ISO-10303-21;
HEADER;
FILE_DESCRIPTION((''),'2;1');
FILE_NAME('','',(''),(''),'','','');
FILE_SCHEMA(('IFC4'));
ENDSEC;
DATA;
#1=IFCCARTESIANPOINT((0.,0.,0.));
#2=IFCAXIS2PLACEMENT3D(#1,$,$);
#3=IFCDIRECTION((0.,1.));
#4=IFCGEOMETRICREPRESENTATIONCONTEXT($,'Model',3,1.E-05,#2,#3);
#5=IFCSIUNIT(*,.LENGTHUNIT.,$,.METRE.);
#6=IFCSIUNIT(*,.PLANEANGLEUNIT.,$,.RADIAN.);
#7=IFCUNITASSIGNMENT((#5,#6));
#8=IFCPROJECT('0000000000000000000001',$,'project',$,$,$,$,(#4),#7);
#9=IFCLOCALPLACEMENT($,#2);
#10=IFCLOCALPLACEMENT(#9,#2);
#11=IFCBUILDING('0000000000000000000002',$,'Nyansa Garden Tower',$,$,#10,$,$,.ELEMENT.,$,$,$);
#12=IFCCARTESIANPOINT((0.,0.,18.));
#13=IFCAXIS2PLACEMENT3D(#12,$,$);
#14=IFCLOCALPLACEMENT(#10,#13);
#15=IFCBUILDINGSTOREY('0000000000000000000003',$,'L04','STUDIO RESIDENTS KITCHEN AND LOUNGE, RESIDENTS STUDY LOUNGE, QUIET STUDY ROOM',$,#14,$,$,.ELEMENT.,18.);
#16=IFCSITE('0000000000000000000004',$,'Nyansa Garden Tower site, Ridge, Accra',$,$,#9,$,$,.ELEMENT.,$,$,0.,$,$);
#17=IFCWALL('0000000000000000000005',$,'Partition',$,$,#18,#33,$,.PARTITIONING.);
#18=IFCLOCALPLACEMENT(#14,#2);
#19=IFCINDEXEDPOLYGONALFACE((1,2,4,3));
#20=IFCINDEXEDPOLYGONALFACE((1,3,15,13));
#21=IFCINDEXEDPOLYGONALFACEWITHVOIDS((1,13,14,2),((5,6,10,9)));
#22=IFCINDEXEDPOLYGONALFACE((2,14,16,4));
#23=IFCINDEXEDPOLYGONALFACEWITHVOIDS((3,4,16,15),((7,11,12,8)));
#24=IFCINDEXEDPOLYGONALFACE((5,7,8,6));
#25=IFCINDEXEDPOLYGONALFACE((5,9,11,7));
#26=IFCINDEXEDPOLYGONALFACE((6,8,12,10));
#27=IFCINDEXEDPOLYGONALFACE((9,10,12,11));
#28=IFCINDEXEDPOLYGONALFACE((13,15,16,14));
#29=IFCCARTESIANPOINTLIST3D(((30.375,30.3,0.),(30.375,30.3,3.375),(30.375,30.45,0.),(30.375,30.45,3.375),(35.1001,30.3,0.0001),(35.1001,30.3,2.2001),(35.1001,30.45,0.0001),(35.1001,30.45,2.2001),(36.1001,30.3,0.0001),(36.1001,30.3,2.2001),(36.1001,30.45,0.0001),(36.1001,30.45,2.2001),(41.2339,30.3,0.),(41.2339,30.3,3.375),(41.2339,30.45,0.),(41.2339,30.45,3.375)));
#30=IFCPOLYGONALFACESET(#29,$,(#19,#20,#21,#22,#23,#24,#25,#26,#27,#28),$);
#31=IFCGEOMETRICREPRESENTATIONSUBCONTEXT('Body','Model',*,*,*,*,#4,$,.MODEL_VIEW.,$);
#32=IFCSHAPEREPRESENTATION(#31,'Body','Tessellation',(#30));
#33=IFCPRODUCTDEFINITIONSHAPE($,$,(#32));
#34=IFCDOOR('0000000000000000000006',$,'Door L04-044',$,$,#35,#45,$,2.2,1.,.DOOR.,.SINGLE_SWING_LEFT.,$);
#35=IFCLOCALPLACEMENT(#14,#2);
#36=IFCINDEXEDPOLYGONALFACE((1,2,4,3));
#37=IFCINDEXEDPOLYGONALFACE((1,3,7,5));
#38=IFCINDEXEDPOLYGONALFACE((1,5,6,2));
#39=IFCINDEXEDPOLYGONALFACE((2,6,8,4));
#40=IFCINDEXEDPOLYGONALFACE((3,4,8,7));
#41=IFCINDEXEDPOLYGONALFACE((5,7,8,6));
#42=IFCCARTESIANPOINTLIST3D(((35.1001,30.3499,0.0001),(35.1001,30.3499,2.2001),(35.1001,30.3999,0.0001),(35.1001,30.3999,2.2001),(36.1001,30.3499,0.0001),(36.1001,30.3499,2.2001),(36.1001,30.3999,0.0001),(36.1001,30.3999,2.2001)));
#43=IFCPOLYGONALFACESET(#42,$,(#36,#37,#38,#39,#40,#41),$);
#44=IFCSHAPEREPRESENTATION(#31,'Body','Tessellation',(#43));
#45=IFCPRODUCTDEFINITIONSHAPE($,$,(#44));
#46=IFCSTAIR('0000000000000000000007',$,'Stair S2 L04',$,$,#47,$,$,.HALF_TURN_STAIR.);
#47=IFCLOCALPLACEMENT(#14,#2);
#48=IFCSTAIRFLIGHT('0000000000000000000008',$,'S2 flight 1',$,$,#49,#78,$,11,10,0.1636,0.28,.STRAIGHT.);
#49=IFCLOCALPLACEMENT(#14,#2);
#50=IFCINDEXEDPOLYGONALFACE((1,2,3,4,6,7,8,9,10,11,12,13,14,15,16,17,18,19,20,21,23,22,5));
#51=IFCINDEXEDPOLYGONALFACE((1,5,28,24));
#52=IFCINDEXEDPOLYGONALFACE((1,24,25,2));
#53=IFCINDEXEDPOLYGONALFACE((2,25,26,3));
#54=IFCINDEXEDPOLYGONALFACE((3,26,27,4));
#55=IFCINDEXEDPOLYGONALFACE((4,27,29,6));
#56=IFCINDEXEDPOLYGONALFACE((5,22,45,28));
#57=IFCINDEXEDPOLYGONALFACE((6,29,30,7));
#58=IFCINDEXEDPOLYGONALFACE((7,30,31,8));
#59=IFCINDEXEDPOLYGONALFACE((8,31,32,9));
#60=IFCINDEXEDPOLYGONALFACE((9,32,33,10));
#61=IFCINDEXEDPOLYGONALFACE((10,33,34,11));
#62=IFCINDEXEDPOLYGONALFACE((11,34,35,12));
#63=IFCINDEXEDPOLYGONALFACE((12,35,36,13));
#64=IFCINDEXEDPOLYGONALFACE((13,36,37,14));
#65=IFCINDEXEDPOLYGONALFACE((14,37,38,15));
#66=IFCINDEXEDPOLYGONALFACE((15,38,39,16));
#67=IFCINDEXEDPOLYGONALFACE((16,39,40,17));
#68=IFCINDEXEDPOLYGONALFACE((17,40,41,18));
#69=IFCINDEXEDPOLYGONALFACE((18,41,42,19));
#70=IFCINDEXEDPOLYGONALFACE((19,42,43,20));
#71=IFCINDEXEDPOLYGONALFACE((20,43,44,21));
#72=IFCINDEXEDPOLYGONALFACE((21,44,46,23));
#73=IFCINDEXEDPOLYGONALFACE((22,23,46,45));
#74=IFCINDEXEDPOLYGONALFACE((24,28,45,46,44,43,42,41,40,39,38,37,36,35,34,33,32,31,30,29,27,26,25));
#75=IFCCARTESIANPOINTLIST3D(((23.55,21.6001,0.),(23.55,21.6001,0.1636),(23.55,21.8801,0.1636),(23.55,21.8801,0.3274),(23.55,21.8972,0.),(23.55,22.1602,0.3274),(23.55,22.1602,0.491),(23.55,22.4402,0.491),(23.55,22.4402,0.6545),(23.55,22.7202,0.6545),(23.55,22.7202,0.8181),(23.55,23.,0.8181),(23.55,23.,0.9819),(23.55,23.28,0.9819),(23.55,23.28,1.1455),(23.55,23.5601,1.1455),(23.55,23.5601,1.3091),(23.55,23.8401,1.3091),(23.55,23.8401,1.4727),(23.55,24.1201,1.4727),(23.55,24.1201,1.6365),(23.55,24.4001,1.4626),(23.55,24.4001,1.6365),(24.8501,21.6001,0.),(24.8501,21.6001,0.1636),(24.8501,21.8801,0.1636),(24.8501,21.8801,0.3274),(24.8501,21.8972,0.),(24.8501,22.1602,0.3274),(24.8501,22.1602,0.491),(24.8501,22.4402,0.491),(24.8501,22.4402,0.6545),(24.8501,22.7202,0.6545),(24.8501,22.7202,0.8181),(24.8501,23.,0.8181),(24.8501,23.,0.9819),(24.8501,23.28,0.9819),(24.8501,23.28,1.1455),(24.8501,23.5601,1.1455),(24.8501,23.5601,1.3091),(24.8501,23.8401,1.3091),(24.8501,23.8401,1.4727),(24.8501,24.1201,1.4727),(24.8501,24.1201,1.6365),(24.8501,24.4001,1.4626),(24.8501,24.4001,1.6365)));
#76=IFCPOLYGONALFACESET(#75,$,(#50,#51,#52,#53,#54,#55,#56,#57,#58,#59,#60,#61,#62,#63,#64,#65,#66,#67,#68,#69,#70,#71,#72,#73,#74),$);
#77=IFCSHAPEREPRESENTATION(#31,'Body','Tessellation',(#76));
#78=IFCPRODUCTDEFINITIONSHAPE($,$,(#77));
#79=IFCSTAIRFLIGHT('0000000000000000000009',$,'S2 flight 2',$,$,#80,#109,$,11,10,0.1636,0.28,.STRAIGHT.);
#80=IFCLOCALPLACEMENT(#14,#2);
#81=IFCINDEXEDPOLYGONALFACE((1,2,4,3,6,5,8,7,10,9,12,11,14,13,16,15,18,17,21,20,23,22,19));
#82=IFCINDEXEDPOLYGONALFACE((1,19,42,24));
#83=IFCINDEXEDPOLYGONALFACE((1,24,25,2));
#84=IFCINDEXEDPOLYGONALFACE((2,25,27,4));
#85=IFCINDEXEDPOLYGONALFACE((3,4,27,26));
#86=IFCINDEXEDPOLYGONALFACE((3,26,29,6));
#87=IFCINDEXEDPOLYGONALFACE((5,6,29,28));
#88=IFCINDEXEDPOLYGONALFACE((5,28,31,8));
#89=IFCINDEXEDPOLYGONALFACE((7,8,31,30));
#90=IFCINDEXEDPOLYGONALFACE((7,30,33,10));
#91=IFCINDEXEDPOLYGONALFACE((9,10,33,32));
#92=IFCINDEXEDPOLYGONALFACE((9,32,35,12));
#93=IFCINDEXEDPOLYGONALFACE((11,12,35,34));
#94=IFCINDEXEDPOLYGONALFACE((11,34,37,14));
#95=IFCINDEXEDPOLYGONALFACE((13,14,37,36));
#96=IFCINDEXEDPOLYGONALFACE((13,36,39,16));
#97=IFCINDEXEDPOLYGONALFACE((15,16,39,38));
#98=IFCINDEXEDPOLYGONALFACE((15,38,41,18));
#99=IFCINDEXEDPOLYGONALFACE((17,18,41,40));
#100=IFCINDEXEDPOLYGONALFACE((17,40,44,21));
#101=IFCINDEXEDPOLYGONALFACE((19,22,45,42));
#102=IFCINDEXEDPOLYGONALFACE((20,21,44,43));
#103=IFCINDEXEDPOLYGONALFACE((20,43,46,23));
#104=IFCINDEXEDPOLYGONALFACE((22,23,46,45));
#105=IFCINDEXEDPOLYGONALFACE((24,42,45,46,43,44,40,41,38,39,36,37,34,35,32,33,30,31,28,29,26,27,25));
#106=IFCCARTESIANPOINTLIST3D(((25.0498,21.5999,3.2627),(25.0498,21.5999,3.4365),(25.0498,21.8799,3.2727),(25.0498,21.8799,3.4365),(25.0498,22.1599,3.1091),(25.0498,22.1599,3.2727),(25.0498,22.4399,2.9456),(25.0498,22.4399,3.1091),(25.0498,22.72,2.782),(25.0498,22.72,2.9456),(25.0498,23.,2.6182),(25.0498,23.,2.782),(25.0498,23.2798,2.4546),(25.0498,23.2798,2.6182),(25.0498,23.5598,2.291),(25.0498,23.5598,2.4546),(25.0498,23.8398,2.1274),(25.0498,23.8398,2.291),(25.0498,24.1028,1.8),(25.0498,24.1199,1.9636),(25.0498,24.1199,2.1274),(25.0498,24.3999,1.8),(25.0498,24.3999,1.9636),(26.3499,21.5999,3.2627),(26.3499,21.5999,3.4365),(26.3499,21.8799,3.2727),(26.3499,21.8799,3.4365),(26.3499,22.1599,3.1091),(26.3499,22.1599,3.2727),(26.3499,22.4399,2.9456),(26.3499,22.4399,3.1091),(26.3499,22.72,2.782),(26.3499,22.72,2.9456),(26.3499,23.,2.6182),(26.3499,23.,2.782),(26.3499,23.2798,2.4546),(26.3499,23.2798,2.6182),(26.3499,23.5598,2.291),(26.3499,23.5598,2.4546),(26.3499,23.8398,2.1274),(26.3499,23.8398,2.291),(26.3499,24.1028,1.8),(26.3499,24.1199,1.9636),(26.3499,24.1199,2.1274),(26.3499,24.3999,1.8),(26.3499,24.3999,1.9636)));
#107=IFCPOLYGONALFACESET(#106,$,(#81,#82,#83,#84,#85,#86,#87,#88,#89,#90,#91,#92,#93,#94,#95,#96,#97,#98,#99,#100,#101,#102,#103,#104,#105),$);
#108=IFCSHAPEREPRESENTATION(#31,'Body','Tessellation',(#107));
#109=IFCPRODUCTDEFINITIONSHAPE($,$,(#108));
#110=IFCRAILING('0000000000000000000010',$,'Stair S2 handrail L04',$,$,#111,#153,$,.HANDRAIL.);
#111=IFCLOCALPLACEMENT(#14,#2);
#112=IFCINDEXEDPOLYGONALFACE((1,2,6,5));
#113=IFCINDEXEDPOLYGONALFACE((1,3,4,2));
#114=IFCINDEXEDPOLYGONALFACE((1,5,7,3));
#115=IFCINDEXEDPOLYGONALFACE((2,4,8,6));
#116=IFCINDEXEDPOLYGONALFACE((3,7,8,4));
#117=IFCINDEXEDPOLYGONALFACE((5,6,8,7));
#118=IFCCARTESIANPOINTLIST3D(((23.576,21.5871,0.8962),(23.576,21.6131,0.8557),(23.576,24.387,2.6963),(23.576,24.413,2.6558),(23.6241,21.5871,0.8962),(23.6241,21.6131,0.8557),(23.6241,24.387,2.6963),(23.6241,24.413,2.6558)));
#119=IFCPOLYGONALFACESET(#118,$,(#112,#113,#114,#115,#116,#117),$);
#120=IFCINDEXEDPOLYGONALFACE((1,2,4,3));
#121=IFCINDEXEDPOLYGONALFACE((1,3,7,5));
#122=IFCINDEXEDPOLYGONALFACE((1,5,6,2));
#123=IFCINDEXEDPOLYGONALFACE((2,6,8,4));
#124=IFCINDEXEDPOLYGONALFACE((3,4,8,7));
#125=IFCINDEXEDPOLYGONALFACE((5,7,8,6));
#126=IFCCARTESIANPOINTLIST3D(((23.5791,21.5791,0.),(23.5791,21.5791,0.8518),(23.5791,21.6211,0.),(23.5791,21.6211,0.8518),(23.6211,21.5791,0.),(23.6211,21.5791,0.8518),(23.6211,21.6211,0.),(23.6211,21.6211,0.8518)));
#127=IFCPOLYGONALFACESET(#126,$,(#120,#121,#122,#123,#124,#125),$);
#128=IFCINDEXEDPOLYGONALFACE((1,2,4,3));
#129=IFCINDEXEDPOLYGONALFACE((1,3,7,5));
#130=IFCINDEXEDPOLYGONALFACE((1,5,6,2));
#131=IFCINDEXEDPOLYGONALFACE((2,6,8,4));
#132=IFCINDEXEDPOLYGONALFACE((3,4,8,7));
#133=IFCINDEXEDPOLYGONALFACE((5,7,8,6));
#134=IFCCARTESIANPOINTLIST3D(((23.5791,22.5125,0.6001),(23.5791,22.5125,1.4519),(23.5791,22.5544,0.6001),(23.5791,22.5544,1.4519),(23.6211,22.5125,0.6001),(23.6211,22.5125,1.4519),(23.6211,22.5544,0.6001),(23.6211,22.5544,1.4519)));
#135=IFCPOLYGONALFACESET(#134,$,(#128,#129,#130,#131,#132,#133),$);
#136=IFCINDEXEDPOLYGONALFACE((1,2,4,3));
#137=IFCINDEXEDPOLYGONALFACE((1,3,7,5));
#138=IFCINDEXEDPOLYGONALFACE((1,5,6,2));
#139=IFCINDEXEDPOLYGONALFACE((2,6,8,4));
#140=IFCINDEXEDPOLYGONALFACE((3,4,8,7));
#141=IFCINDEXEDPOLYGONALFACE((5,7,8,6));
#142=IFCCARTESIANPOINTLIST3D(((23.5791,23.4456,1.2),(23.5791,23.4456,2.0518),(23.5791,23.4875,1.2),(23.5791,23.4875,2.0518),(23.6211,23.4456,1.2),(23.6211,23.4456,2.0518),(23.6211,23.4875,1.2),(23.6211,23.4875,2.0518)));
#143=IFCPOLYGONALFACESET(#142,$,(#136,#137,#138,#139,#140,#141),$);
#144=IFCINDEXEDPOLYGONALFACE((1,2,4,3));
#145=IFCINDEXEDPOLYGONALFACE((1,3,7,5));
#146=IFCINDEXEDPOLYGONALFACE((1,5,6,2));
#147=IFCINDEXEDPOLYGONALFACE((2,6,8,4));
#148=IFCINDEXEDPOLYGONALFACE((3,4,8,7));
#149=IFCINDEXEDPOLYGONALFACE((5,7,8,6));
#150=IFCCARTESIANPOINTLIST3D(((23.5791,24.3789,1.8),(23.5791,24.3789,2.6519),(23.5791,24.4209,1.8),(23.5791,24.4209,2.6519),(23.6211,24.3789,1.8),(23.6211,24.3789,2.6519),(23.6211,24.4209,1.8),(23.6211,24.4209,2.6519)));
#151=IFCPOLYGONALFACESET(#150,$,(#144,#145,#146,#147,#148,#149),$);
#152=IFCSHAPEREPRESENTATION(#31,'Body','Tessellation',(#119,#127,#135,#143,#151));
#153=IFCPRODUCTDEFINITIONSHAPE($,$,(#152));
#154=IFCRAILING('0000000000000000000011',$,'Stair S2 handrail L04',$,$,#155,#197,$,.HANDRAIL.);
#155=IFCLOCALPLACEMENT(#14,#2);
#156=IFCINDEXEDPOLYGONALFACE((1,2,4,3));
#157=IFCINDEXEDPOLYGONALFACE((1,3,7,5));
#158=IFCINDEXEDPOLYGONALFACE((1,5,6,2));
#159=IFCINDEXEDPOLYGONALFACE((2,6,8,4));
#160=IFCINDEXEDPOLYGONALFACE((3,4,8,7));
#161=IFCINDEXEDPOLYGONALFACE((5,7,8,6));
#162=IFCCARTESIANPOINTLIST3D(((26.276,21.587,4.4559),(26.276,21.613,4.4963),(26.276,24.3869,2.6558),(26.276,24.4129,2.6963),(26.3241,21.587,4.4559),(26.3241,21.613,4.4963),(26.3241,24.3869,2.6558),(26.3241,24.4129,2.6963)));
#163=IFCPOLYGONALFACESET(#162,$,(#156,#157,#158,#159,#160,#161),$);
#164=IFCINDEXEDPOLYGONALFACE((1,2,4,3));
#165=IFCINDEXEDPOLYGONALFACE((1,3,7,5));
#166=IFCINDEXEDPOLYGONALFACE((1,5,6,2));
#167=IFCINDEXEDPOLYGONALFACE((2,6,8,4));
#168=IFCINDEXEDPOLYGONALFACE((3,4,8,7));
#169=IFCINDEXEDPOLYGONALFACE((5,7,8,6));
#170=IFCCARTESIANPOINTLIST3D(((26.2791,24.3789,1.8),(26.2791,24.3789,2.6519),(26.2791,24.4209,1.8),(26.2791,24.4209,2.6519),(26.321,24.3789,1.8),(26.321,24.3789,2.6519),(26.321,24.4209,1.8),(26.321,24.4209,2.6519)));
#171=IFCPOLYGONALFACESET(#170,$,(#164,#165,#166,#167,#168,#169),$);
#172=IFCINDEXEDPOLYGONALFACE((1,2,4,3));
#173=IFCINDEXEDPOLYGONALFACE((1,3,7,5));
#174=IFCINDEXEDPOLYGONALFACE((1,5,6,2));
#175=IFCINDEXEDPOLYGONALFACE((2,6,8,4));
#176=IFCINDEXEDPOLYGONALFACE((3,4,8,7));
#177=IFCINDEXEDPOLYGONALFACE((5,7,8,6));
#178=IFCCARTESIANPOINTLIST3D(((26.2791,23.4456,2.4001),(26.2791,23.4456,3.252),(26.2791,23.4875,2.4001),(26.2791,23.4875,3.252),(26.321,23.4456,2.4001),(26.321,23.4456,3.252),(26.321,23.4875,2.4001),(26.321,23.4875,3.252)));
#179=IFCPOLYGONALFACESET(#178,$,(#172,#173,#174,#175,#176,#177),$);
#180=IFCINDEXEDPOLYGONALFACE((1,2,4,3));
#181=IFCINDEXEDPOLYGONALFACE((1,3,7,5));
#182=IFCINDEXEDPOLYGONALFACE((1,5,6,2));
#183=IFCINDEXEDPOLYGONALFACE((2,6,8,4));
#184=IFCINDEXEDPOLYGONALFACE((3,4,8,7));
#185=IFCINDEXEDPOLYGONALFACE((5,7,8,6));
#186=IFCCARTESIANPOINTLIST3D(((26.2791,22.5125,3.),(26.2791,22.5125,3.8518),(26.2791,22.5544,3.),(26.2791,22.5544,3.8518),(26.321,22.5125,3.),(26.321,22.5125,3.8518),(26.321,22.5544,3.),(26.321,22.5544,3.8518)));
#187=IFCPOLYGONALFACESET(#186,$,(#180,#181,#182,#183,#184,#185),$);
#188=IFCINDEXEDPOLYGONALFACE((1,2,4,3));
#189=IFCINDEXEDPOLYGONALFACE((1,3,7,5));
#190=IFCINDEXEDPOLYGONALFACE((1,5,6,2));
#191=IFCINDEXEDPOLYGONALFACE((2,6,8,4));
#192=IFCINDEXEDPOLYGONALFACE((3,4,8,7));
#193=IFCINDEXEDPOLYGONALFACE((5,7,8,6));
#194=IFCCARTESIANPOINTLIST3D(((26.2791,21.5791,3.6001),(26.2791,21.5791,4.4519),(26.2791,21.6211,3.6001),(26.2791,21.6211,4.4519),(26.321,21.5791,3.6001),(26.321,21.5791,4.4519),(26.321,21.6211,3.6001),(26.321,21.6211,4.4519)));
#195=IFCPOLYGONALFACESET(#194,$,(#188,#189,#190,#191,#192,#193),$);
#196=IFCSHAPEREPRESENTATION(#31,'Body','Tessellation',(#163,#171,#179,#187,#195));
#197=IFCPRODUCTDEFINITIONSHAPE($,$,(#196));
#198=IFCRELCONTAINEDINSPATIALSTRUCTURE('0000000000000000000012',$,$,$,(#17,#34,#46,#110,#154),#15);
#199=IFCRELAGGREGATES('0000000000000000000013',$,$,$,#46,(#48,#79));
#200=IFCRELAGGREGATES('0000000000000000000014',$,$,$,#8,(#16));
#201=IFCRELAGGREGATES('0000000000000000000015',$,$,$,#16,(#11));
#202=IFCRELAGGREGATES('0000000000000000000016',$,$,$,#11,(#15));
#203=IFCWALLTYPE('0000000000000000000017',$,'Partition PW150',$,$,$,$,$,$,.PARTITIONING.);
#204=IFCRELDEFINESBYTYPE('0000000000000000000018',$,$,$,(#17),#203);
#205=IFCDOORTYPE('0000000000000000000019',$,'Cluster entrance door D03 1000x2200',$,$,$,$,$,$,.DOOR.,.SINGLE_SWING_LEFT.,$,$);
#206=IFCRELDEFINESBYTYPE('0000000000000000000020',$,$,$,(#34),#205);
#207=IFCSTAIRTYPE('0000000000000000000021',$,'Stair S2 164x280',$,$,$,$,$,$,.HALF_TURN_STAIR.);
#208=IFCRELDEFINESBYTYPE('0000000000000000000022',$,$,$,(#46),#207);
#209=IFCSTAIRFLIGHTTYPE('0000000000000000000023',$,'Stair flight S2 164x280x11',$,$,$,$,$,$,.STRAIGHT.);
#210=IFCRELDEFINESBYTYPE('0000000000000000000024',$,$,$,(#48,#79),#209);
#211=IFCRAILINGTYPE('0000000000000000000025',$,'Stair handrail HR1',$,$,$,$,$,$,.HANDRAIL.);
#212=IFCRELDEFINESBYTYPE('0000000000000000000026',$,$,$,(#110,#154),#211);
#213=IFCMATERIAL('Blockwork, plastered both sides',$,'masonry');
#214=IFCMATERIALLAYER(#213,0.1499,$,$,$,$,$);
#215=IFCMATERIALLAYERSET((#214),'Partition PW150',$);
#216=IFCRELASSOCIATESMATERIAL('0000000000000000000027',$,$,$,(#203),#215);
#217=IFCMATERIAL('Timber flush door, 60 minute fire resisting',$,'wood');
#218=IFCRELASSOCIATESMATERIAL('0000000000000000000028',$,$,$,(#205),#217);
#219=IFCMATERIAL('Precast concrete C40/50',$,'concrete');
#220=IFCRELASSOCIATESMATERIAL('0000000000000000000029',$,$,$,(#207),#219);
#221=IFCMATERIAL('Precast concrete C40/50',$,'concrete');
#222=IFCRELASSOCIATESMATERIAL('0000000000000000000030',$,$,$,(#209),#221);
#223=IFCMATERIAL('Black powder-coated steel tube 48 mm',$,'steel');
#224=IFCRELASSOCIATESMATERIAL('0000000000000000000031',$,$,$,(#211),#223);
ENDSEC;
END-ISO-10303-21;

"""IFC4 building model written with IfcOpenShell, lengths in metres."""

from ifc_helpers import new_model, si_unit, direction, frame, frame_2d, origin, origin_2d, place, context, subcontext, project, spatial, polyline, rectangle, outline, extrude, material, layer, layer_set, type_object, element, fill, aggregate, save


model = new_model("IFC4")

# Units and contexts
model_context = context("Model", 3, precision=1e-05, world=origin(), true_north=direction((0.0, 1.0)))
body_context = subcontext(model_context, "Body", "Model", "MODEL_VIEW")
ifc_project = project(units=[si_unit("LENGTHUNIT", "METRE"), si_unit("PLANEANGLEUNIT", "RADIAN")], contexts=[model_context])

# Site, building, storey
site_placement = place(None, origin())
site = spatial("IfcSite", under=ifc_project, at=site_placement, Name="Nyansa Garden Tower site, Ridge, Accra", CompositionType="ELEMENT", RefElevation=0.0)
building_placement = place(site_placement, origin())
building = spatial("IfcBuilding", under=site, at=building_placement, Name="Nyansa Garden Tower", CompositionType="ELEMENT")
storey_placement = place(building_placement, frame((0.0, 0.0, 18.0)))
storey = spatial("IfcBuildingStorey", under=building, at=storey_placement, Name="L04", Description="STUDIO RESIDENTS KITCHEN AND LOUNGE, RESIDENTS STUDY LOUNGE, QUIET STUDY ROOM", CompositionType="ELEMENT", Elevation=18.0)

# Shared definitions
ifc_material_1 = material(Name="Blockwork, plastered both sides", Category="masonry")
ifc_layer_1 = layer(ifc_material_1, 0.1499)
ifc_layer_set_1 = layer_set([ifc_layer_1], Name="Partition PW150")
wall_type_1 = type_object("IfcWallType", Name="Partition PW150", PredefinedType="PARTITIONING", material=ifc_layer_set_1)

# Wall, opening, door
wall_1_placement = place(storey_placement, frame((30.375, 30.375, 0.0), z_axis=(0.0, 0.0, 1.0), x_axis=(1.0, 0.0, 0.0)))
wall_1 = element("IfcWall", 1, at=wall_1_placement, inside=storey, type_object=wall_type_1, Name="Partition", PredefinedType="PARTITIONING", context=body_context, shape_type="SweptSolid", body=[
    extrude(rectangle(XDim=10.8589, YDim=0.1499, at=frame_2d((5.4294, 0.0))), origin(), (0.0, 0.0, 1.0), 3.375),
])
opening_1_placement = place(wall_1_placement, frame((4.7251, 0.0, 0.0)))
opening_1 = element("IfcOpeningElement", 2, at=opening_1_placement, cuts=wall_1, PredefinedType="OPENING", context=body_context, shape_type="SweptSolid", body=[
    extrude(rectangle(XDim=1.0, YDim=2.2, at=frame_2d((0.5, 1.1001))), frame((0.0, 0.085, 0.0), z_axis=(0.0, -1.0, 0.0), x_axis=(1.0, 0.0, 0.0)), (0.0, 0.0, 1.0), 0.1699),
])
ifc_material_2 = material(Name="Timber flush door, 60 minute fire resisting", Category="wood")
door_type_1 = type_object("IfcDoorType", Name="Cluster entrance door D03 1000x2200", OperationType="SINGLE_SWING_LEFT", PredefinedType="DOOR", material=ifc_material_2)
door_1_placement = place(opening_1_placement, origin())
door_1 = element("IfcDoor", 3, at=door_1_placement, inside=storey, type_object=door_type_1, Name="Door L04-044", OperationType="SINGLE_SWING_LEFT", OverallHeight=2.2, OverallWidth=1.0, PredefinedType="DOOR", context=body_context, shape_type="SweptSolid", body=[
    extrude(rectangle(XDim=1.0, YDim=2.2, at=frame_2d((0.5, 1.1001))), frame((0.0, 0.0249, 0.0), z_axis=(0.0, -1.0, 0.0), x_axis=(1.0, 0.0, 0.0)), (0.0, 0.0, 1.0), 0.05),
])
fill(opening_1, door_1)

# Stair, stair flights
ifc_material_3 = material(Name="Precast concrete C40/50", Category="concrete")
stair_type = type_object("IfcStairType", Name="Stair S2 164x280", PredefinedType="HALF_TURN_STAIR", material=ifc_material_3)
stair_placement = place(storey_placement, origin())
stair = element("IfcStair", 4, at=stair_placement, inside=storey, type_object=stair_type, Name="Stair S2 L04", PredefinedType="HALF_TURN_STAIR")
ifc_material_4 = material(Name="Precast concrete C40/50", Category="concrete")
stair_flight_type = type_object("IfcStairFlightType", Name="Stair flight S2 164x280x11", PredefinedType="STRAIGHT", material=ifc_material_4)
stair_flight_1_placement = place(storey_placement, frame((24.2, 21.6001, 0.0), z_axis=(0.0, 0.0, 1.0), x_axis=(0.0, 1.0, 0.0)))
stair_flight_1 = element("IfcStairFlight", 5, at=stair_flight_1_placement, type_object=stair_flight_type, Name="S2 flight 1", NumberOfRisers=11, NumberOfTreads=10, PredefinedType="STRAIGHT", RiserHeight=0.1636, TreadLength=0.28, context=body_context, shape_type="SweptSolid", body=[
    extrude(outline(polyline([(0.0, 0.0), (0.0, 0.1636), (0.28, 0.1636), (0.28, 0.3274), (0.5601, 0.3274), (0.5601, 0.491), (0.8401, 0.491), (0.8401, 0.6545), (1.1201, 0.6545), (1.1201, 0.8181), (1.3999, 0.8181), (1.3999, 0.9819), (1.6799, 0.9819), (1.6799, 1.1455), (1.96, 1.1455), (1.96, 1.3091), (2.24, 1.3091), (2.24, 1.4727), (2.52, 1.4727), (2.52, 1.6365), (2.8, 1.6365), (2.8, 1.8), (2.8, 1.4626), (0.2971, 0.0), (0.0, 0.0)])), frame((0.0, 0.6499, 0.0), z_axis=(0.0, -1.0, 0.0), x_axis=(1.0, 0.0, 0.0)), (0.0, 0.0, 1.0), 1.3),
])
stair_flight_2_placement = place(storey_placement, frame((25.7, 24.3999, 1.8), z_axis=(0.0, 0.0, 1.0), x_axis=(0.0, -1.0, 0.0)))
stair_flight_2 = element("IfcStairFlight", 6, at=stair_flight_2_placement, type_object=stair_flight_type, Name="S2 flight 2", NumberOfRisers=11, NumberOfTreads=10, PredefinedType="STRAIGHT", RiserHeight=0.1636, TreadLength=0.28, context=body_context, shape_type="SweptSolid", body=[
    extrude(outline(polyline([(0.0, 0.0), (0.0, 0.1636), (0.28, 0.1636), (0.28, 0.3274), (0.5601, 0.3274), (0.5601, 0.491), (0.8401, 0.491), (0.8401, 0.6545), (1.1201, 0.6545), (1.1201, 0.8181), (1.3999, 0.8181), (1.3999, 0.9819), (1.6799, 0.9819), (1.6799, 1.1455), (1.96, 1.1455), (1.96, 1.3091), (2.24, 1.3091), (2.24, 1.4727), (2.52, 1.4727), (2.52, 1.6365), (2.8, 1.6365), (2.8, 1.8), (2.8, 1.4626), (0.2971, 0.0), (0.0, 0.0)])), frame((0.0, 0.6499, 0.0), z_axis=(0.0, -1.0, 0.0), x_axis=(1.0, 0.0, 0.0)), (0.0, 0.0, 1.0), 1.3),
])
aggregate(stair, [stair_flight_1, stair_flight_2])

# Railings
ifc_material_5 = material(Name="Black powder-coated steel tube 48 mm", Category="steel")
railing_type = type_object("IfcRailingType", Name="Stair handrail HR1", PredefinedType="HANDRAIL", material=ifc_material_5)
railing_1_placement = place(storey_placement, frame((23.6001, 21.6001, 0.0)))
element("IfcRailing", 7, at=railing_1_placement, inside=storey, type_object=railing_type, Name="Stair S2 handrail L04", PredefinedType="HANDRAIL", context=body_context, shape_type="SweptSolid", body=[
    extrude(rectangle(XDim=0.0481, YDim=0.0481, at=origin_2d()), frame((0.0, 0.0, 0.876), z_axis=(0.0, 0.841155, 0.540795), x_axis=(-1.0, 0.0, 0.0)), (0.0, 0.0, 1.0), 3.3286),
    extrude(rectangle(XDim=0.042, YDim=0.042, at=origin_2d()), origin(), (0.0, 0.0, 1.0), 0.8518),
    extrude(rectangle(XDim=0.042, YDim=0.042, at=origin_2d()), frame((0.0, 0.9333, 0.6001)), (0.0, 0.0, 1.0), 0.8518),
    extrude(rectangle(XDim=0.042, YDim=0.042, at=origin_2d()), frame((0.0, 1.8665, 1.2)), (0.0, 0.0, 1.0), 0.8518),
    extrude(rectangle(XDim=0.042, YDim=0.042, at=origin_2d()), frame((0.0, 2.7998, 1.8)), (0.0, 0.0, 1.0), 0.8518),
])
railing_2_placement = place(storey_placement, frame((26.3, 24.3999, 1.8)))
element("IfcRailing", 8, at=railing_2_placement, inside=storey, type_object=railing_type, Name="Stair S2 handrail L04", PredefinedType="HANDRAIL", context=body_context, shape_type="SweptSolid", body=[
    extrude(rectangle(XDim=0.0481, YDim=0.0481, at=origin_2d()), frame((0.0, 0.0, 0.876), z_axis=(0.0, -0.841155, 0.540795), x_axis=(1.0, 0.0, 0.0)), (0.0, 0.0, 1.0), 3.3286),
    extrude(rectangle(XDim=0.042, YDim=0.042, at=origin_2d()), origin(), (0.0, 0.0, 1.0), 0.8518),
    extrude(rectangle(XDim=0.042, YDim=0.042, at=origin_2d()), frame((0.0, -0.9333, 0.6001)), (0.0, 0.0, 1.0), 0.8518),
    extrude(rectangle(XDim=0.042, YDim=0.042, at=origin_2d()), frame((0.0, -1.8665, 1.2)), (0.0, 0.0, 1.0), 0.8518),
    extrude(rectangle(XDim=0.042, YDim=0.042, at=origin_2d()), frame((0.0, -2.7998, 1.8)), (0.0, 0.0, 1.0), 0.8518),
])

save(model, "model.ifc")
